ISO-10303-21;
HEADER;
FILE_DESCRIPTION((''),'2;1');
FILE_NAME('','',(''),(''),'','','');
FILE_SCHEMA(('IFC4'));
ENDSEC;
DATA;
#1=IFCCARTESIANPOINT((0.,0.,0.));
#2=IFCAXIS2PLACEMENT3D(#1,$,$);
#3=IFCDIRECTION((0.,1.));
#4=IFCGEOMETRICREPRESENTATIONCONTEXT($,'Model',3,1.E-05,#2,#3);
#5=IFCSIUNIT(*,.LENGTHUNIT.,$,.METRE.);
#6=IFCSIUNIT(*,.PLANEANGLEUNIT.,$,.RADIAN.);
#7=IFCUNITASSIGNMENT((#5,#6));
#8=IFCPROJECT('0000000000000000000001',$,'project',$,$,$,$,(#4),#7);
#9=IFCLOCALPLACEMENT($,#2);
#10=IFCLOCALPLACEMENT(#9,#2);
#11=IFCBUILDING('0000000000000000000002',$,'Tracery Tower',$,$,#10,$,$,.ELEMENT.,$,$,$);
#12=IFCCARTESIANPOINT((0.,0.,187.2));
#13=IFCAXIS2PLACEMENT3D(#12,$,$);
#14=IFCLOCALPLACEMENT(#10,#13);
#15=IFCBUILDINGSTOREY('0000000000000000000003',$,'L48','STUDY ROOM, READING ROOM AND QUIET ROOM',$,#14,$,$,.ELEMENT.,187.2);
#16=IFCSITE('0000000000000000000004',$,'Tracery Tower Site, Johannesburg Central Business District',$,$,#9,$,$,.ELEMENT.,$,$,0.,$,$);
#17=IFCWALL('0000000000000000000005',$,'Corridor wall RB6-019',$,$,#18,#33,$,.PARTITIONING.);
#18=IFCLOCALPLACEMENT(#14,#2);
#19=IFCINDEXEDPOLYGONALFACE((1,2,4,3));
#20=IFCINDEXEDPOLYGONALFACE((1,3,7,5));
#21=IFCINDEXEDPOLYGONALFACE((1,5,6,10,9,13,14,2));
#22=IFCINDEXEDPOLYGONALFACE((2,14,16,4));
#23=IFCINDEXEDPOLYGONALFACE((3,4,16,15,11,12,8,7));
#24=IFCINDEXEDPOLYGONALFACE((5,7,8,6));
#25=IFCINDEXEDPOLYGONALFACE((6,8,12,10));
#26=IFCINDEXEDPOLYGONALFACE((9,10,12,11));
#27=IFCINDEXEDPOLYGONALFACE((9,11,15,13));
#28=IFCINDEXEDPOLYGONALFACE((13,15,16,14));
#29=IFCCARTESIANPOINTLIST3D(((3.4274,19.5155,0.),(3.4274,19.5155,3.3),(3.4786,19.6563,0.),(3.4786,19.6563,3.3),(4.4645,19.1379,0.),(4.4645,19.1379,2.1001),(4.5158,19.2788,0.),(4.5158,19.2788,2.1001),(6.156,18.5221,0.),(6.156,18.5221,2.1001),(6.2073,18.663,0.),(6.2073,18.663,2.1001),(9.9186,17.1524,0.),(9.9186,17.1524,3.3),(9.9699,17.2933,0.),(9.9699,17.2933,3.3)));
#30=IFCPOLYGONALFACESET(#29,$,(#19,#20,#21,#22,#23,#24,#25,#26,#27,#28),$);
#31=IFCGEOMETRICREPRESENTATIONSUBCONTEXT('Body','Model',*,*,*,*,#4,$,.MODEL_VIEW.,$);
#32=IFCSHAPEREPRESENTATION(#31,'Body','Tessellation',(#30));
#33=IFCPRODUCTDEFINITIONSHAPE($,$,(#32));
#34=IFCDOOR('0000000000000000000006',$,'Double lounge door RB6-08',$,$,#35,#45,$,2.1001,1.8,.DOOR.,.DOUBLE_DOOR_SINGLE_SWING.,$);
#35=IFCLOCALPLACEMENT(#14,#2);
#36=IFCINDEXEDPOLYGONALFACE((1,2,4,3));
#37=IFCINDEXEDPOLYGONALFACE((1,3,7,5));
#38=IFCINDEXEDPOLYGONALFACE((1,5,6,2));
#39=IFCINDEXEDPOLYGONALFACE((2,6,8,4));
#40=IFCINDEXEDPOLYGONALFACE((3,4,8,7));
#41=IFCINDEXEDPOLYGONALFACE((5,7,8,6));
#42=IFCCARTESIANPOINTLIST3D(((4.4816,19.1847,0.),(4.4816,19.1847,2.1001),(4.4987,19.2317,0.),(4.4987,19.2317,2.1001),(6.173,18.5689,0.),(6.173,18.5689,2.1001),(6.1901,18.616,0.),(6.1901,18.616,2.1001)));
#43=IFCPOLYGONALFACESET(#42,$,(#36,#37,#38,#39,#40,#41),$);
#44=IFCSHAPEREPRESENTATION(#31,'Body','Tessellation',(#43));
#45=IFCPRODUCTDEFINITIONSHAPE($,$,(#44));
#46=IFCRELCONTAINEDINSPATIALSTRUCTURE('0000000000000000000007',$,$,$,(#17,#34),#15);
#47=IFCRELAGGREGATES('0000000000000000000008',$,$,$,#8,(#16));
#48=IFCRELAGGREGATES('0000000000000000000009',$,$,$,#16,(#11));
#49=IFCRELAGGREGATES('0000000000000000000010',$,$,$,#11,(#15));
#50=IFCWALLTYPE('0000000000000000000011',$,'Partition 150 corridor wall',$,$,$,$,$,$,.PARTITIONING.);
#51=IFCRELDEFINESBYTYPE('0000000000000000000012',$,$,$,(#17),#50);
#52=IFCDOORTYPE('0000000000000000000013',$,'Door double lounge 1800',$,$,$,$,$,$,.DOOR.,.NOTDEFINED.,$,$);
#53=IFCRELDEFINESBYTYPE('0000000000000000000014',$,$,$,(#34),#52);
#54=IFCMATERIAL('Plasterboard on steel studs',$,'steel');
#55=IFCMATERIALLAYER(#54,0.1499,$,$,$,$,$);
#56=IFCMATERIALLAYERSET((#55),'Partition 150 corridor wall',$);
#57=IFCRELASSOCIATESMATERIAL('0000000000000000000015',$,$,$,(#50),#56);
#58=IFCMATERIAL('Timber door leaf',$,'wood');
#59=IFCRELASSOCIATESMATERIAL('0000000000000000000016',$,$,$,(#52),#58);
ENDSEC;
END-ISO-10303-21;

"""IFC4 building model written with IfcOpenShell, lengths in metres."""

from ifc_helpers import new_model, si_unit, direction, frame, frame_2d, origin, place, context, subcontext, project, spatial, rectangle, extrude, material, layer, layer_set, type_object, element, fill, save


model = new_model("IFC4")

# Units and contexts
model_context = context("Model", 3, precision=1e-05, world=origin(), true_north=direction((0.0, 1.0)))
body_context = subcontext(model_context, "Body", "Model", "MODEL_VIEW")
ifc_project = project(units=[si_unit("LENGTHUNIT", "METRE"), si_unit("PLANEANGLEUNIT", "RADIAN")], contexts=[model_context])

# Site, building, storey
site_placement = place(None, origin())
site = spatial("IfcSite", under=ifc_project, at=site_placement, Name="Tracery Tower Site, Johannesburg Central Business District", CompositionType="ELEMENT", RefElevation=0.0)
building_placement = place(site_placement, origin())
building = spatial("IfcBuilding", under=site, at=building_placement, Name="Tracery Tower", CompositionType="ELEMENT")
storey_placement = place(building_placement, frame((0.0, 0.0, 187.2)))
storey = spatial("IfcBuildingStorey", under=building, at=storey_placement, Name="L48", Description="STUDY ROOM, READING ROOM AND QUIET ROOM", CompositionType="ELEMENT", Elevation=187.2)

# Shared definitions
ifc_material_1 = material(Name="Plasterboard on steel studs", Category="steel")
ifc_layer_1 = layer(ifc_material_1, 0.1499)
ifc_layer_set_1 = layer_set([ifc_layer_1], Name="Partition 150 corridor wall")
wall_type_1 = type_object("IfcWallType", Name="Partition 150 corridor wall", PredefinedType="PARTITIONING", material=ifc_layer_set_1)

# Wall, opening, door
wall_1_placement = place(storey_placement, frame((3.4529, 19.5859, 0.0), z_axis=(0.0, 0.0, 1.0), x_axis=(0.939673, -0.342075, 0.0)))
wall_1 = element("IfcWall", 1, at=wall_1_placement, inside=storey, type_object=wall_type_1, Name="Corridor wall RB6-019", PredefinedType="PARTITIONING", context=body_context, shape_type="SweptSolid", body=[
    extrude(rectangle(XDim=6.908, YDim=0.1499, at=frame_2d((3.4541, 0.0))), origin(), (0.0, 0.0, 1.0), 3.3),
])
opening_1_placement = place(wall_1_placement, frame((1.104, 0.0, 0.0)))
opening_1 = element("IfcOpeningElement", 2, at=opening_1_placement, cuts=wall_1, PredefinedType="OPENING", context=body_context, shape_type="SweptSolid", body=[
    extrude(rectangle(XDim=1.8, YDim=2.1001, at=frame_2d((0.8999, 1.05))), frame((0.0, 0.075, 0.0), z_axis=(0.0, -1.0, 0.0), x_axis=(1.0, 0.0, 0.0)), (0.0, 0.0, 1.0), 0.1499),
])
ifc_material_2 = material(Name="Timber door leaf", Category="wood")
door_type = type_object("IfcDoorType", Name="Door double lounge 1800", OperationType="NOTDEFINED", PredefinedType="DOOR", material=ifc_material_2)
door_placement = place(opening_1_placement, origin())
door = element("IfcDoor", 3, at=door_placement, inside=storey, type_object=door_type, Name="Double lounge door RB6-08", OperationType="DOUBLE_DOOR_SINGLE_SWING", OverallHeight=2.1001, OverallWidth=1.8, PredefinedType="DOOR", context=body_context, shape_type="SweptSolid", body=[
    extrude(rectangle(XDim=1.8, YDim=2.1001, at=frame_2d((0.8999, 1.05))), frame((0.0, 0.0249, 0.0), z_axis=(0.0, -1.0, 0.0), x_axis=(1.0, 0.0, 0.0)), (0.0, 0.0, 1.0), 0.05),
])
fill(opening_1, door)

save(model, "model.ifc")
